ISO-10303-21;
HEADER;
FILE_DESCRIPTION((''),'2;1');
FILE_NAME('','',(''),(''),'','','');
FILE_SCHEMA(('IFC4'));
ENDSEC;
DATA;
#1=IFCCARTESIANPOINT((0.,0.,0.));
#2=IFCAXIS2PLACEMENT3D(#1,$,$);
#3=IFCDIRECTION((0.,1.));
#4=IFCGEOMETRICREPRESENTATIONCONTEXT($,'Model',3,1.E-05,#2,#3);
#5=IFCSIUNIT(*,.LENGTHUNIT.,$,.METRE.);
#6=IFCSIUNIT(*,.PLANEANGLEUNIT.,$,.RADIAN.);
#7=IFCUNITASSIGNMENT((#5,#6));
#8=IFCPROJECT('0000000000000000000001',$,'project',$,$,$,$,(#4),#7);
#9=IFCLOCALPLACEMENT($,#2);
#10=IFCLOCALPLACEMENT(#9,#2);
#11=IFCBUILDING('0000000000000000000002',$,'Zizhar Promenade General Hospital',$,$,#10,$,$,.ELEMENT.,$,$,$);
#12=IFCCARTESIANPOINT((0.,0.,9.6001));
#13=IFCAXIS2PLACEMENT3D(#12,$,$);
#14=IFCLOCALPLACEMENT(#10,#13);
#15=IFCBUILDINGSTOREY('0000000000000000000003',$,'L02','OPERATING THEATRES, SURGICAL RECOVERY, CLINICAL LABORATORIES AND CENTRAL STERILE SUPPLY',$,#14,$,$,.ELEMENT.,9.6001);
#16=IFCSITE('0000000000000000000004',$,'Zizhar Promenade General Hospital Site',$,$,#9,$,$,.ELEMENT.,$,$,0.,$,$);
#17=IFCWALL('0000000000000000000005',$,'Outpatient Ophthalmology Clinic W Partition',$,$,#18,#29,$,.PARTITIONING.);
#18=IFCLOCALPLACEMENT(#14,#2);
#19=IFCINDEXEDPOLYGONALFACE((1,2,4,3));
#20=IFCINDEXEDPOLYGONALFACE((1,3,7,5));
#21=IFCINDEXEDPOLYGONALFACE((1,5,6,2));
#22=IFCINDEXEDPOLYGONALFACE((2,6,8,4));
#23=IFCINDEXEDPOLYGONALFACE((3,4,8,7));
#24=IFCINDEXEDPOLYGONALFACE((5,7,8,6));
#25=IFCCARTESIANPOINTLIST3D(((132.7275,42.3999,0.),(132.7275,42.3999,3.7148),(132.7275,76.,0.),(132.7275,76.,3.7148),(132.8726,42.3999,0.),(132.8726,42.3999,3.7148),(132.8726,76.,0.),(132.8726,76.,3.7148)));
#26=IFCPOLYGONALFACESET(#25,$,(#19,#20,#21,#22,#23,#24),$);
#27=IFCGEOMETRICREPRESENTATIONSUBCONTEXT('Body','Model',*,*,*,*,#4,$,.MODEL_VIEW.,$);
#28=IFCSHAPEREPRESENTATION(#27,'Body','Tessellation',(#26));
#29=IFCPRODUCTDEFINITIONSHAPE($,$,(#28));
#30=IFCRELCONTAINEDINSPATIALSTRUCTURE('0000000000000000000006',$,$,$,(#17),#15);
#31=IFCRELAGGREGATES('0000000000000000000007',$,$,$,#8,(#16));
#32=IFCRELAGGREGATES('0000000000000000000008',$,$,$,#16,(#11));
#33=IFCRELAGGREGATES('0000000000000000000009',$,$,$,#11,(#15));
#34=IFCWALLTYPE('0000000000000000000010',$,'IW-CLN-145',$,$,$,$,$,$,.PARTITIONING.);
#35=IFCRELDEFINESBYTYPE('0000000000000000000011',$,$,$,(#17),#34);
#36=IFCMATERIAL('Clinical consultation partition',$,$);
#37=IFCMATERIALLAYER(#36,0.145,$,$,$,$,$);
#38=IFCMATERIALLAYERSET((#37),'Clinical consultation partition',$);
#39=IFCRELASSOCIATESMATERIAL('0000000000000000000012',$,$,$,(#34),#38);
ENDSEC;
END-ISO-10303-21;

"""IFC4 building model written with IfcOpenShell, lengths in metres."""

from ifc_helpers import new_model, si_unit, direction, frame, frame_2d, origin, place, context, subcontext, project, spatial, rectangle, extrude, material, layer, layer_set, type_object, element, save


model = new_model("IFC4")

# Units and contexts
model_context = context("Model", 3, precision=1e-05, world=origin(), true_north=direction((0.0, 1.0)))
body_context = subcontext(model_context, "Body", "Model", "MODEL_VIEW")
ifc_project = project(units=[si_unit("LENGTHUNIT", "METRE"), si_unit("PLANEANGLEUNIT", "RADIAN")], contexts=[model_context])

# Site, building, storey
site_placement = place(None, origin())
site = spatial("IfcSite", under=ifc_project, at=site_placement, Name="Zizhar Promenade General Hospital Site", CompositionType="ELEMENT", RefElevation=0.0)
building_placement = place(site_placement, origin())
building = spatial("IfcBuilding", under=site, at=building_placement, Name="Zizhar Promenade General Hospital", CompositionType="ELEMENT")
storey_placement = place(building_placement, frame((0.0, 0.0, 9.6001)))
storey = spatial("IfcBuildingStorey", under=building, at=storey_placement, Name="L02", Description="OPERATING THEATRES, SURGICAL RECOVERY, CLINICAL LABORATORIES AND CENTRAL STERILE SUPPLY", CompositionType="ELEMENT", Elevation=9.6001)

# Wall
ifc_material_1 = material(Name="Clinical consultation partition")
ifc_layer_1 = layer(ifc_material_1, 0.145)
ifc_layer_set_1 = layer_set([ifc_layer_1], Name="Clinical consultation partition")
wall_type = type_object("IfcWallType", Name="IW-CLN-145", PredefinedType="PARTITIONING", material=ifc_layer_set_1)
wall_placement = place(storey_placement, frame((132.8, 42.3999, 0.0), z_axis=(0.0, 0.0, 1.0), x_axis=(0.0, 1.0, 0.0)))
element("IfcWall", 1, at=wall_placement, inside=storey, type_object=wall_type, Name="Outpatient Ophthalmology Clinic W Partition", PredefinedType="PARTITIONING", context=body_context, shape_type="SweptSolid", body=[
    extrude(rectangle(XDim=33.6001, YDim=0.145, at=frame_2d((16.8, 0.0))), origin(), (0.0, 0.0, 1.0), 3.7148),
])

save(model, "model.ifc")
